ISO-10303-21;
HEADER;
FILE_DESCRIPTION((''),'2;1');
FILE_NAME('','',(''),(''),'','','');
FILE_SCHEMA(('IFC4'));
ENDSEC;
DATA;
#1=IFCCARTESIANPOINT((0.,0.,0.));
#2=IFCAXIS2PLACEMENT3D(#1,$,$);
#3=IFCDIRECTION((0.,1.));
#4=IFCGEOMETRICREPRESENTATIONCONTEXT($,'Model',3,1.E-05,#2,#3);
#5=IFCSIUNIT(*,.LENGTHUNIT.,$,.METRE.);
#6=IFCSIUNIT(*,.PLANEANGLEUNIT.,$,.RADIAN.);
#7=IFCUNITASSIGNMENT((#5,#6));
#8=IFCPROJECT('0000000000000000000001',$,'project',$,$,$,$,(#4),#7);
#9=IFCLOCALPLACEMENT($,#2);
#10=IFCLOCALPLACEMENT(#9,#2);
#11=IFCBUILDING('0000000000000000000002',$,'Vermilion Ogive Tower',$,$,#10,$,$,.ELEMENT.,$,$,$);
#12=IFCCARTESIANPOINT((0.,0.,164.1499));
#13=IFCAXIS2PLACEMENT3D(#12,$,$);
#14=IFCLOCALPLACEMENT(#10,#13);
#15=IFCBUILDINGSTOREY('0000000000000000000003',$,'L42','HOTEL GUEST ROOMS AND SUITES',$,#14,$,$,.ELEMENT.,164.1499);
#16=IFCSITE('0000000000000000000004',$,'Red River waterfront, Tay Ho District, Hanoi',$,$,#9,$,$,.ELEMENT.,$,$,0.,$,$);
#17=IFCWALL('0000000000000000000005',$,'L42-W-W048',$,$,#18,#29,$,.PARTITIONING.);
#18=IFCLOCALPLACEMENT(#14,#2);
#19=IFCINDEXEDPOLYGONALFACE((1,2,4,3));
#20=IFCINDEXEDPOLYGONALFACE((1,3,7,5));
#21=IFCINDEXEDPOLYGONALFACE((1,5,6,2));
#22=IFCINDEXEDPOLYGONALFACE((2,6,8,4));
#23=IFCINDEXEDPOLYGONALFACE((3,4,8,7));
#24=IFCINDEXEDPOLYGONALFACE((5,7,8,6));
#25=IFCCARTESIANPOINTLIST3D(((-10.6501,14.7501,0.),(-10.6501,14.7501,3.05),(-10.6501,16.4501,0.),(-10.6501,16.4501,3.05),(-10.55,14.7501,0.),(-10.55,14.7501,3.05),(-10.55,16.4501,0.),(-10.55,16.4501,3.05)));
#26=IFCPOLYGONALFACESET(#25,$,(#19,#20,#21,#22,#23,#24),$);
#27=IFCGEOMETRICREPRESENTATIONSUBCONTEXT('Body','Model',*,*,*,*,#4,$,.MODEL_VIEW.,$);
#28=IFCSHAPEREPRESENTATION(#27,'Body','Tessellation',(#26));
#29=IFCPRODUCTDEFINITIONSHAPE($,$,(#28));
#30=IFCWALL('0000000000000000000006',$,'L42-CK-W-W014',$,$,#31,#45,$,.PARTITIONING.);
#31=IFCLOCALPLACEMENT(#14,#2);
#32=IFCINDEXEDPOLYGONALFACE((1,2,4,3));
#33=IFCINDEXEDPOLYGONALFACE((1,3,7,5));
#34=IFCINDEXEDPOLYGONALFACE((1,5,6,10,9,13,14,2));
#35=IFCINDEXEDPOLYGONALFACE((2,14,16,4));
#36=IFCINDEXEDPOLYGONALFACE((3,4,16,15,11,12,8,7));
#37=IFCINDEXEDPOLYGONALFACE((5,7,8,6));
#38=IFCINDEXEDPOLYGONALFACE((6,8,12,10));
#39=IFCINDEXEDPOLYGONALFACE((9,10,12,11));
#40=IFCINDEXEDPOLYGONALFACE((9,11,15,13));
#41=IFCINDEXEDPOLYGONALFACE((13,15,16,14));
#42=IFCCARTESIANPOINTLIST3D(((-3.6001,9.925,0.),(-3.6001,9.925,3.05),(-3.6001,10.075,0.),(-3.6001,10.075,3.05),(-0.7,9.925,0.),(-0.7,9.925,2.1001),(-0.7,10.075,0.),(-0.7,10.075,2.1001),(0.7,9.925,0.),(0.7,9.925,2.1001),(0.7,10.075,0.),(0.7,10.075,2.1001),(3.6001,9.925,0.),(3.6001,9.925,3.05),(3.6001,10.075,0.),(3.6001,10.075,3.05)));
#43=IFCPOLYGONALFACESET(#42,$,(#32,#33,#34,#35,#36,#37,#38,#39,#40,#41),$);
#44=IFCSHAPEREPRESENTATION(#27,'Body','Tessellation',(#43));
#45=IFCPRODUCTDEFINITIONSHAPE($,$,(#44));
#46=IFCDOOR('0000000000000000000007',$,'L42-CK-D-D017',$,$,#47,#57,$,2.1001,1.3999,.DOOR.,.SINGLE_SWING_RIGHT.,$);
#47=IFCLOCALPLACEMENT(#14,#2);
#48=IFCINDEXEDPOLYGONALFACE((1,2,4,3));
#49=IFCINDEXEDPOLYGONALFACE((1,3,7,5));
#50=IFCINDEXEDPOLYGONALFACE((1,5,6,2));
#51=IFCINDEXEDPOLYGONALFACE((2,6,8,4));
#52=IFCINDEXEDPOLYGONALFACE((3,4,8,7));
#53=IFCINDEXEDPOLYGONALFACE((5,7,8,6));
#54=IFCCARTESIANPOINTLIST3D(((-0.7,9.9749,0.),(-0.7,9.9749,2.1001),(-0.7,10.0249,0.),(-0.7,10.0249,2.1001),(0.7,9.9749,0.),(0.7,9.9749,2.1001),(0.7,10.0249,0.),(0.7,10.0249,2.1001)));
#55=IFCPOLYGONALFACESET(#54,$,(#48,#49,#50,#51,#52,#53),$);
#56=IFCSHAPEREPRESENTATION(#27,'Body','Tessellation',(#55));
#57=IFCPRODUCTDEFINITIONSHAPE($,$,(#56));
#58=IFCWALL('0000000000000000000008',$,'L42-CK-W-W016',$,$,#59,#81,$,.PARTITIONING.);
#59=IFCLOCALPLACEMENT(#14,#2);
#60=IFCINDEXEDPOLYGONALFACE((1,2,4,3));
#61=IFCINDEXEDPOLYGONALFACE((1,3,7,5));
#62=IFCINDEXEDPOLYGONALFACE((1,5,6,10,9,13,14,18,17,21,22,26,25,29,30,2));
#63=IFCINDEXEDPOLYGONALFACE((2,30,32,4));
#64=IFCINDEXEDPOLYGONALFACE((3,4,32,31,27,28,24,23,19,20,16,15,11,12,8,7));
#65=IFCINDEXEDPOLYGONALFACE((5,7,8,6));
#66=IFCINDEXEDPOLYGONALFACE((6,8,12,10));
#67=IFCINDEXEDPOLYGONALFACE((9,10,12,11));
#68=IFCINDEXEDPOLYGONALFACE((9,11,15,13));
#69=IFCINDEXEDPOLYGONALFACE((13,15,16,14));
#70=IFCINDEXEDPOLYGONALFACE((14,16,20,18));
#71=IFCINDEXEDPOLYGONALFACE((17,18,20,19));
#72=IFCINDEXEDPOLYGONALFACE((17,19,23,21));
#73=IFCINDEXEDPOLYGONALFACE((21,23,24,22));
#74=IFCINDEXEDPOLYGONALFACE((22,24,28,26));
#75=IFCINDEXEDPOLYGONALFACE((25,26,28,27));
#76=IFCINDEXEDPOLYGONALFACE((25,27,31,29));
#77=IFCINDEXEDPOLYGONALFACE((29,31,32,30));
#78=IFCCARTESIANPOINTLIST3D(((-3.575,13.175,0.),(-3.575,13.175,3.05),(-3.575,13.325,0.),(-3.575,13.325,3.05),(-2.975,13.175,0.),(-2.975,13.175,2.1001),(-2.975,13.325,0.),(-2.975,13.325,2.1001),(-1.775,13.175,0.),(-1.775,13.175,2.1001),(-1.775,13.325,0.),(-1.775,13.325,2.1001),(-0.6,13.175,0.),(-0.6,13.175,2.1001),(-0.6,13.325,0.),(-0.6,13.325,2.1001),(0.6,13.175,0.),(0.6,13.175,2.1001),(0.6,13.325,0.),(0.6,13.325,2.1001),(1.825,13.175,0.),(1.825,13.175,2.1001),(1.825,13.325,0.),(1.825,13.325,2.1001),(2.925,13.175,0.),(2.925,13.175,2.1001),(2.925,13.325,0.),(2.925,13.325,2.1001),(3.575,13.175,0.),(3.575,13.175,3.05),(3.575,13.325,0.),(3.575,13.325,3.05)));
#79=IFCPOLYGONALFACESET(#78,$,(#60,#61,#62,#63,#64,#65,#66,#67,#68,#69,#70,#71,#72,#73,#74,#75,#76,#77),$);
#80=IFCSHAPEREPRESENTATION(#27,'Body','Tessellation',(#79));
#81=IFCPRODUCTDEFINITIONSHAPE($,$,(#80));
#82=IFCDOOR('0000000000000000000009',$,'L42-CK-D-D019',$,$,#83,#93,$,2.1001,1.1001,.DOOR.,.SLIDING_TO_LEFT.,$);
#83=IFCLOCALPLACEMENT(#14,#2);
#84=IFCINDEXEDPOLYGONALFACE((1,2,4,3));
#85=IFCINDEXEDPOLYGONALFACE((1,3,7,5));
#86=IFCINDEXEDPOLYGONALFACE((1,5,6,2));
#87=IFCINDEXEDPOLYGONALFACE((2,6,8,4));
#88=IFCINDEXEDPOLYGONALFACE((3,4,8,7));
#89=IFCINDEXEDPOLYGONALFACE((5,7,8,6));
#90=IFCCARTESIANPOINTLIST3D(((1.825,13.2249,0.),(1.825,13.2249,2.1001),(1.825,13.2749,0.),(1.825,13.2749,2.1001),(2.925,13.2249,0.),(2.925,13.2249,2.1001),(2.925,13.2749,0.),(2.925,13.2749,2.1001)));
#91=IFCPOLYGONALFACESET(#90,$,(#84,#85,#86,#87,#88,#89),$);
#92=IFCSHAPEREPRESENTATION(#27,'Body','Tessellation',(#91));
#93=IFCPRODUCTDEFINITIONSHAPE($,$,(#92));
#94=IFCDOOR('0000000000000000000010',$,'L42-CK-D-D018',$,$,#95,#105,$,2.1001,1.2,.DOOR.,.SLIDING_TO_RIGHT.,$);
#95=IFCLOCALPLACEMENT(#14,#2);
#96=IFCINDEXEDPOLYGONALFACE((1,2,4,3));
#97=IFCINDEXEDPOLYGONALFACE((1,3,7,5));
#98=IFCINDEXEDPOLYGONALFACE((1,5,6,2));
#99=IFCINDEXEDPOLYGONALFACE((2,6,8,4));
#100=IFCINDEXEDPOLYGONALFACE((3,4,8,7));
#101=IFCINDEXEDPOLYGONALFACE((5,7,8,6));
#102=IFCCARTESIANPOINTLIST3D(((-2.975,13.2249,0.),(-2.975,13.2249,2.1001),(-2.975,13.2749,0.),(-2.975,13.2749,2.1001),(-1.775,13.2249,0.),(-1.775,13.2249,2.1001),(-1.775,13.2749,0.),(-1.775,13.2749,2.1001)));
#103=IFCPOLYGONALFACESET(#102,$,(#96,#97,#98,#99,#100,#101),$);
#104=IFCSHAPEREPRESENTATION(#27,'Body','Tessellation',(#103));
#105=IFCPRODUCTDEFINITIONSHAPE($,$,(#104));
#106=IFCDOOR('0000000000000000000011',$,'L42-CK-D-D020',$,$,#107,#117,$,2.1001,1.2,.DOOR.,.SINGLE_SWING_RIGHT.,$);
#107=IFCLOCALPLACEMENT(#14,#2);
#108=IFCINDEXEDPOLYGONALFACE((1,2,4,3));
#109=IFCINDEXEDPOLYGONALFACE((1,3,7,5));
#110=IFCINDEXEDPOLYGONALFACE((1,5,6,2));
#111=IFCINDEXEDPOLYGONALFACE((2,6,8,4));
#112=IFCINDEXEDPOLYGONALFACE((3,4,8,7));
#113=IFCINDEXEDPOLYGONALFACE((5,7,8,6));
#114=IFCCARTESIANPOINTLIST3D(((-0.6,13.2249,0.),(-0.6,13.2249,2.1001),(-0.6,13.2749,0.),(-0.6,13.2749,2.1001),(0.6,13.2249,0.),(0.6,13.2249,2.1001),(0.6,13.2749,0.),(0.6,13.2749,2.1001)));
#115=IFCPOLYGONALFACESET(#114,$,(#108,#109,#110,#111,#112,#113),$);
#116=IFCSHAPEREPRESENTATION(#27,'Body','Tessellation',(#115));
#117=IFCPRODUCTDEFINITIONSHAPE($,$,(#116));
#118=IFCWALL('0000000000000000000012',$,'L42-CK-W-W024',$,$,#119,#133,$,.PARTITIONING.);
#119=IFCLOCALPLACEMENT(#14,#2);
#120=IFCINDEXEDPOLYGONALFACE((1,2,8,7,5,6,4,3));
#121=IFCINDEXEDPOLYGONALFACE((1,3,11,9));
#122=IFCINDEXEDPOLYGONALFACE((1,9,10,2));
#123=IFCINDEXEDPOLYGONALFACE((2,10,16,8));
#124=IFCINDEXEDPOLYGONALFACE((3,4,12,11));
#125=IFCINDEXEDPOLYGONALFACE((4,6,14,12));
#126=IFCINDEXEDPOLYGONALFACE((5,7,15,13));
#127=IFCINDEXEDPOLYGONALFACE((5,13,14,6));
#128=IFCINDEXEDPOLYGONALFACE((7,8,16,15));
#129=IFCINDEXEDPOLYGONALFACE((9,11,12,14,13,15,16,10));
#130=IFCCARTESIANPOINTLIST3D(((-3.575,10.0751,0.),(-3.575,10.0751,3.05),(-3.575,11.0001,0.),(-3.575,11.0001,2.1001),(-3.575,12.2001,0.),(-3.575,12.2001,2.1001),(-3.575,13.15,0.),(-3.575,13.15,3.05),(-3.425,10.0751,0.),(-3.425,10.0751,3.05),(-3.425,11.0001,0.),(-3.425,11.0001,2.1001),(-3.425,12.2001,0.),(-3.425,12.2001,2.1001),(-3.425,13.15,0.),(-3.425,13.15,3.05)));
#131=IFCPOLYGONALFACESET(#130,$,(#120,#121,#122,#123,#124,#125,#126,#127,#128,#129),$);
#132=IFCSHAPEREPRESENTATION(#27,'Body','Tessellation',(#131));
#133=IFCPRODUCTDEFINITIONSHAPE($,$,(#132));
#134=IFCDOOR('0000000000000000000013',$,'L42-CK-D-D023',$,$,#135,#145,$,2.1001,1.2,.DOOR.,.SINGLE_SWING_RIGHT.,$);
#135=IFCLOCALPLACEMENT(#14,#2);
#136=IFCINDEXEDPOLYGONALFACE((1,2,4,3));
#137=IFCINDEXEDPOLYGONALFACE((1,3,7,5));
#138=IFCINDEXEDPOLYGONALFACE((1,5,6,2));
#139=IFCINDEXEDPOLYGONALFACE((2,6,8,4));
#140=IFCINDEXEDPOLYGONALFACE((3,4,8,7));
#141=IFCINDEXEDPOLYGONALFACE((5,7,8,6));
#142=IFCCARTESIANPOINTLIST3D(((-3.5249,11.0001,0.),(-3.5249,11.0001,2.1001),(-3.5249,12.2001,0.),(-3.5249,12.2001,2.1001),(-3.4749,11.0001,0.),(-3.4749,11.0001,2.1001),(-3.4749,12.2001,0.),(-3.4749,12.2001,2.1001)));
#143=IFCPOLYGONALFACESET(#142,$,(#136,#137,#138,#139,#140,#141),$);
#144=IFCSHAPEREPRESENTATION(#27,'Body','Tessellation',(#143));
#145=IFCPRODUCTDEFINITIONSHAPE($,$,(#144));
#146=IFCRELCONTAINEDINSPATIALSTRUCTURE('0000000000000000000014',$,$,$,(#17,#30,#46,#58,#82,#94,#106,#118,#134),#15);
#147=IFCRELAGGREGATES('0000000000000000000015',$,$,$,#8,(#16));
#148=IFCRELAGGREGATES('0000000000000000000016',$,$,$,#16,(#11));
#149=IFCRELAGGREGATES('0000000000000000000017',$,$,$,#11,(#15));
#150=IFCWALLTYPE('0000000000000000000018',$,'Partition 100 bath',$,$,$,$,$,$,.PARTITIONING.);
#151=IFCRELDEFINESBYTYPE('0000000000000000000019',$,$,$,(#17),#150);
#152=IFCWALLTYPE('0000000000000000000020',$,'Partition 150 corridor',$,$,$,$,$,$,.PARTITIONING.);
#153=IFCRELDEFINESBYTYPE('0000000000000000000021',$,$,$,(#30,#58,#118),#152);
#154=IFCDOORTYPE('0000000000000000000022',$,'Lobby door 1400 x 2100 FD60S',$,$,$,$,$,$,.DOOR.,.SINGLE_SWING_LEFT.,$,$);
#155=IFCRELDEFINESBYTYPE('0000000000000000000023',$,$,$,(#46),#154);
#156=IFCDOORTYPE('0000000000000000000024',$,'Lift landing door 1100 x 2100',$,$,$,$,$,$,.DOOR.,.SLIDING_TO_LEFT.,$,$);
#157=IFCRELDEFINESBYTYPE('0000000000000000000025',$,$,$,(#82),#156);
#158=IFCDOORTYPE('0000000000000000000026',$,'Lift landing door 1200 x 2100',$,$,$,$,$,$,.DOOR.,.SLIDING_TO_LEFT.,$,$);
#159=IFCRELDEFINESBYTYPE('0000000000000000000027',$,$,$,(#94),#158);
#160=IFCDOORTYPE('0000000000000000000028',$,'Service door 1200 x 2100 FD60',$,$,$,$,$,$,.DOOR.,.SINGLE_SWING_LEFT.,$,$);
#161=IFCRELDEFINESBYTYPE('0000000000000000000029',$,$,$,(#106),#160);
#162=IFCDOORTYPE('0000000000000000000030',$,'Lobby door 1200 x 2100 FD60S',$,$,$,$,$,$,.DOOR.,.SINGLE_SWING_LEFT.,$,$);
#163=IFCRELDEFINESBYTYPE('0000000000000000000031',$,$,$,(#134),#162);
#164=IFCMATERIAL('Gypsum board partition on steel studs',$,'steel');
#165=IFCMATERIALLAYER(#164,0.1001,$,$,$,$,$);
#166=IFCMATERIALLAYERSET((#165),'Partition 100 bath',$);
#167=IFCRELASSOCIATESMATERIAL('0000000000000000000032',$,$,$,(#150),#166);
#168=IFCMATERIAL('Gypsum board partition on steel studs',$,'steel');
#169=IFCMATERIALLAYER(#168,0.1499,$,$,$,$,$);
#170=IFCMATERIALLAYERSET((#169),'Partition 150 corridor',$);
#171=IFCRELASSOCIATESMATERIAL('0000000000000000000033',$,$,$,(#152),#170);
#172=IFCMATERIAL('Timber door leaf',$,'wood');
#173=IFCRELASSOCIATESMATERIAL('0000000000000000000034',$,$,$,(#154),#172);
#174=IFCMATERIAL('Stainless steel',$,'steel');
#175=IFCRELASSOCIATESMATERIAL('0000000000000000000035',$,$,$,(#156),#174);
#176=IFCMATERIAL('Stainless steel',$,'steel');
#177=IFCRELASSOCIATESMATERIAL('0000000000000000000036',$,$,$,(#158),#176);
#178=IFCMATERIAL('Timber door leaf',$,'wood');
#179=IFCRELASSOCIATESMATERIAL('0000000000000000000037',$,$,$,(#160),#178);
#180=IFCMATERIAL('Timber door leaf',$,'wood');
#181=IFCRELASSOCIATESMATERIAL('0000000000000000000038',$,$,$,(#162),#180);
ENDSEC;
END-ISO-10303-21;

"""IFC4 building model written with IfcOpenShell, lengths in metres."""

from ifc_helpers import new_model, si_unit, direction, frame, frame_2d, origin, place, context, subcontext, project, spatial, rectangle, extrude, material, layer, layer_set, type_object, element, fill, save


model = new_model("IFC4")

# Units and contexts
model_context = context("Model", 3, precision=1e-05, world=origin(), true_north=direction((0.0, 1.0)))
body_context = subcontext(model_context, "Body", "Model", "MODEL_VIEW")
ifc_project = project(units=[si_unit("LENGTHUNIT", "METRE"), si_unit("PLANEANGLEUNIT", "RADIAN")], contexts=[model_context])

# Site, building, storey
site_placement = place(None, origin())
site = spatial("IfcSite", under=ifc_project, at=site_placement, Name="Red River waterfront, Tay Ho District, Hanoi", CompositionType="ELEMENT", RefElevation=0.0)
building_placement = place(site_placement, origin())
building = spatial("IfcBuilding", under=site, at=building_placement, Name="Vermilion Ogive Tower", CompositionType="ELEMENT")
storey_placement = place(building_placement, frame((0.0, 0.0, 164.1499)))
storey = spatial("IfcBuildingStorey", under=building, at=storey_placement, Name="L42", Description="HOTEL GUEST ROOMS AND SUITES", CompositionType="ELEMENT", Elevation=164.1499)

# Wall
ifc_material_1 = material(Name="Gypsum board partition on steel studs", Category="steel")
ifc_layer_1 = layer(ifc_material_1, 0.1001)
ifc_layer_set_1 = layer_set([ifc_layer_1], Name="Partition 100 bath")
wall_type_1 = type_object("IfcWallType", Name="Partition 100 bath", PredefinedType="PARTITIONING", material=ifc_layer_set_1)
wall_1_placement = place(storey_placement, frame((-10.6001, 14.75, 0.0), z_axis=(0.0, 0.0, 1.0), x_axis=(0.0, 1.0, 0.0)))
element("IfcWall", 1, at=wall_1_placement, inside=storey, type_object=wall_type_1, Name="L42-W-W048", PredefinedType="PARTITIONING", context=body_context, shape_type="SweptSolid", body=[
    extrude(rectangle(XDim=1.7, YDim=0.1001, at=frame_2d((0.8501, 0.0))), origin(), (0.0, 0.0, 1.0), 3.05),
])

# Wall, opening, door
ifc_material_2 = material(Name="Gypsum board partition on steel studs", Category="steel")
ifc_layer_2 = layer(ifc_material_2, 0.1499)
ifc_layer_set_2 = layer_set([ifc_layer_2], Name="Partition 150 corridor")
wall_type_2 = type_object("IfcWallType", Name="Partition 150 corridor", PredefinedType="PARTITIONING", material=ifc_layer_set_2)
wall_2_placement = place(storey_placement, frame((-3.6001, 10.0, 0.0), z_axis=(0.0, 0.0, 1.0), x_axis=(1.0, 0.0, 0.0)))
wall_2 = element("IfcWall", 2, at=wall_2_placement, inside=storey, type_object=wall_type_2, Name="L42-CK-W-W014", PredefinedType="PARTITIONING", context=body_context, shape_type="SweptSolid", body=[
    extrude(rectangle(XDim=7.2002, YDim=0.1499, at=frame_2d((3.6001, 0.0))), origin(), (0.0, 0.0, 1.0), 3.05),
])
opening_1_placement = place(wall_2_placement, frame((2.9001, 0.0, 0.0)))
opening_1 = element("IfcOpeningElement", 3, at=opening_1_placement, cuts=wall_2, PredefinedType="OPENING", context=body_context, shape_type="SweptSolid", body=[
    extrude(rectangle(XDim=1.3999, YDim=2.1001, at=frame_2d((0.7, 1.05))), frame((0.0, 0.085, 0.0), z_axis=(0.0, -1.0, 0.0), x_axis=(1.0, 0.0, 0.0)), (0.0, 0.0, 1.0), 0.1699),
])
ifc_material_3 = material(Name="Timber door leaf", Category="wood")
door_type_1 = type_object("IfcDoorType", Name="Lobby door 1400 x 2100 FD60S", OperationType="SINGLE_SWING_LEFT", PredefinedType="DOOR", material=ifc_material_3)
door_1_placement = place(opening_1_placement, origin())
door_1 = element("IfcDoor", 4, at=door_1_placement, inside=storey, type_object=door_type_1, Name="L42-CK-D-D017", OperationType="SINGLE_SWING_RIGHT", OverallHeight=2.1001, OverallWidth=1.3999, PredefinedType="DOOR", context=body_context, shape_type="SweptSolid", body=[
    extrude(rectangle(XDim=1.3999, YDim=2.1001, at=frame_2d((0.7, 1.05))), frame((0.0, 0.0249, 0.0), z_axis=(0.0, -1.0, 0.0), x_axis=(1.0, 0.0, 0.0)), (0.0, 0.0, 1.0), 0.05),
])
fill(opening_1, door_1)

# Wall, openings, doors
wall_3_placement = place(storey_placement, frame((-3.575, 13.25, 0.0), z_axis=(0.0, 0.0, 1.0), x_axis=(1.0, 0.0, 0.0)))
wall_3 = element("IfcWall", 5, at=wall_3_placement, inside=storey, type_object=wall_type_2, Name="L42-CK-W-W016", PredefinedType="PARTITIONING", context=body_context, shape_type="SweptSolid", body=[
    extrude(rectangle(XDim=7.1499, YDim=0.1499, at=frame_2d((3.575, 0.0))), origin(), (0.0, 0.0, 1.0), 3.05),
])
opening_2_placement = place(wall_3_placement, frame((0.5999, 0.0, 0.0)))
opening_2 = element("IfcOpeningElement", 6, at=opening_2_placement, cuts=wall_3, PredefinedType="OPENING", context=body_context, shape_type="SweptSolid", body=[
    extrude(rectangle(XDim=1.2, YDim=2.1001, at=frame_2d((0.6001, 1.05))), frame((0.0, 0.085, 0.0), z_axis=(0.0, -1.0, 0.0), x_axis=(1.0, 0.0, 0.0)), (0.0, 0.0, 1.0), 0.1699),
])
opening_3_placement = place(wall_3_placement, frame((5.3999, 0.0, 0.0)))
opening_3 = element("IfcOpeningElement", 7, at=opening_3_placement, cuts=wall_3, PredefinedType="OPENING", context=body_context, shape_type="SweptSolid", body=[
    extrude(rectangle(XDim=1.1001, YDim=2.1001, at=frame_2d((0.55, 1.05))), frame((0.0, 0.085, 0.0), z_axis=(0.0, -1.0, 0.0), x_axis=(1.0, 0.0, 0.0)), (0.0, 0.0, 1.0), 0.1699),
])
opening_4_placement = place(wall_3_placement, frame((2.9749, 0.0, 0.0)))
opening_4 = element("IfcOpeningElement", 8, at=opening_4_placement, cuts=wall_3, PredefinedType="OPENING", context=body_context, shape_type="SweptSolid", body=[
    extrude(rectangle(XDim=1.2, YDim=2.1001, at=frame_2d((0.6001, 1.05))), frame((0.0, 0.085, 0.0), z_axis=(0.0, -1.0, 0.0), x_axis=(1.0, 0.0, 0.0)), (0.0, 0.0, 1.0), 0.1699),
])
ifc_material_4 = material(Name="Stainless steel", Category="steel")
door_type_2 = type_object("IfcDoorType", Name="Lift landing door 1100 x 2100", OperationType="SLIDING_TO_LEFT", PredefinedType="DOOR", material=ifc_material_4)
door_2_placement = place(opening_3_placement, origin())
door_2 = element("IfcDoor", 9, at=door_2_placement, inside=storey, type_object=door_type_2, Name="L42-CK-D-D019", OperationType="SLIDING_TO_LEFT", OverallHeight=2.1001, OverallWidth=1.1001, PredefinedType="DOOR", context=body_context, shape_type="SweptSolid", body=[
    extrude(rectangle(XDim=1.1001, YDim=2.1001, at=frame_2d((0.55, 1.05))), frame((0.0, 0.0249, 0.0), z_axis=(0.0, -1.0, 0.0), x_axis=(1.0, 0.0, 0.0)), (0.0, 0.0, 1.0), 0.05),
])
fill(opening_3, door_2)
ifc_material_5 = material(Name="Stainless steel", Category="steel")
door_type_3 = type_object("IfcDoorType", Name="Lift landing door 1200 x 2100", OperationType="SLIDING_TO_LEFT", PredefinedType="DOOR", material=ifc_material_5)
door_3_placement = place(opening_2_placement, origin())
door_3 = element("IfcDoor", 10, at=door_3_placement, inside=storey, type_object=door_type_3, Name="L42-CK-D-D018", OperationType="SLIDING_TO_RIGHT", OverallHeight=2.1001, OverallWidth=1.2, PredefinedType="DOOR", context=body_context, shape_type="SweptSolid", body=[
    extrude(rectangle(XDim=1.2, YDim=2.1001, at=frame_2d((0.6001, 1.05))), frame((0.0, 0.0249, 0.0), z_axis=(0.0, -1.0, 0.0), x_axis=(1.0, 0.0, 0.0)), (0.0, 0.0, 1.0), 0.05),
])
fill(opening_2, door_3)
ifc_material_6 = material(Name="Timber door leaf", Category="wood")
door_type_4 = type_object("IfcDoorType", Name="Service door 1200 x 2100 FD60", OperationType="SINGLE_SWING_LEFT", PredefinedType="DOOR", material=ifc_material_6)
door_4_placement = place(opening_4_placement, origin())
door_4 = element("IfcDoor", 11, at=door_4_placement, inside=storey, type_object=door_type_4, Name="L42-CK-D-D020", OperationType="SINGLE_SWING_RIGHT", OverallHeight=2.1001, OverallWidth=1.2, PredefinedType="DOOR", context=body_context, shape_type="SweptSolid", body=[
    extrude(rectangle(XDim=1.2, YDim=2.1001, at=frame_2d((0.6001, 1.05))), frame((0.0, 0.0249, 0.0), z_axis=(0.0, -1.0, 0.0), x_axis=(1.0, 0.0, 0.0)), (0.0, 0.0, 1.0), 0.05),
])
fill(opening_4, door_4)

# Wall, opening, door
wall_4_placement = place(storey_placement, frame((-3.5, 10.075, 0.0), z_axis=(0.0, 0.0, 1.0), x_axis=(0.0, 1.0, 0.0)))
wall_4 = element("IfcWall", 12, at=wall_4_placement, inside=storey, type_object=wall_type_2, Name="L42-CK-W-W024", PredefinedType="PARTITIONING", context=body_context, shape_type="SweptSolid", body=[
    extrude(rectangle(XDim=3.075, YDim=0.1499, at=frame_2d((1.5376, 0.0))), origin(), (0.0, 0.0, 1.0), 3.05),
])
opening_5_placement = place(wall_4_placement, frame((0.925, 0.0, 0.0)))
opening_5 = element("IfcOpeningElement", 13, at=opening_5_placement, cuts=wall_4, PredefinedType="OPENING", context=body_context, shape_type="SweptSolid", body=[
    extrude(rectangle(XDim=1.2, YDim=2.1001, at=frame_2d((0.6001, 1.05))), frame((0.0, 0.085, 0.0), z_axis=(0.0, -1.0, 0.0), x_axis=(1.0, 0.0, 0.0)), (0.0, 0.0, 1.0), 0.1699),
])
ifc_material_7 = material(Name="Timber door leaf", Category="wood")
door_type_5 = type_object("IfcDoorType", Name="Lobby door 1200 x 2100 FD60S", OperationType="SINGLE_SWING_LEFT", PredefinedType="DOOR", material=ifc_material_7)
door_5_placement = place(opening_5_placement, origin())
door_5 = element("IfcDoor", 14, at=door_5_placement, inside=storey, type_object=door_type_5, Name="L42-CK-D-D023", OperationType="SINGLE_SWING_RIGHT", OverallHeight=2.1001, OverallWidth=1.2, PredefinedType="DOOR", context=body_context, shape_type="SweptSolid", body=[
    extrude(rectangle(XDim=1.2, YDim=2.1001, at=frame_2d((0.6001, 1.05))), frame((0.0, 0.0249, 0.0), z_axis=(0.0, -1.0, 0.0), x_axis=(1.0, 0.0, 0.0)), (0.0, 0.0, 1.0), 0.05),
])
fill(opening_5, door_5)

save(model, "model.ifc")
